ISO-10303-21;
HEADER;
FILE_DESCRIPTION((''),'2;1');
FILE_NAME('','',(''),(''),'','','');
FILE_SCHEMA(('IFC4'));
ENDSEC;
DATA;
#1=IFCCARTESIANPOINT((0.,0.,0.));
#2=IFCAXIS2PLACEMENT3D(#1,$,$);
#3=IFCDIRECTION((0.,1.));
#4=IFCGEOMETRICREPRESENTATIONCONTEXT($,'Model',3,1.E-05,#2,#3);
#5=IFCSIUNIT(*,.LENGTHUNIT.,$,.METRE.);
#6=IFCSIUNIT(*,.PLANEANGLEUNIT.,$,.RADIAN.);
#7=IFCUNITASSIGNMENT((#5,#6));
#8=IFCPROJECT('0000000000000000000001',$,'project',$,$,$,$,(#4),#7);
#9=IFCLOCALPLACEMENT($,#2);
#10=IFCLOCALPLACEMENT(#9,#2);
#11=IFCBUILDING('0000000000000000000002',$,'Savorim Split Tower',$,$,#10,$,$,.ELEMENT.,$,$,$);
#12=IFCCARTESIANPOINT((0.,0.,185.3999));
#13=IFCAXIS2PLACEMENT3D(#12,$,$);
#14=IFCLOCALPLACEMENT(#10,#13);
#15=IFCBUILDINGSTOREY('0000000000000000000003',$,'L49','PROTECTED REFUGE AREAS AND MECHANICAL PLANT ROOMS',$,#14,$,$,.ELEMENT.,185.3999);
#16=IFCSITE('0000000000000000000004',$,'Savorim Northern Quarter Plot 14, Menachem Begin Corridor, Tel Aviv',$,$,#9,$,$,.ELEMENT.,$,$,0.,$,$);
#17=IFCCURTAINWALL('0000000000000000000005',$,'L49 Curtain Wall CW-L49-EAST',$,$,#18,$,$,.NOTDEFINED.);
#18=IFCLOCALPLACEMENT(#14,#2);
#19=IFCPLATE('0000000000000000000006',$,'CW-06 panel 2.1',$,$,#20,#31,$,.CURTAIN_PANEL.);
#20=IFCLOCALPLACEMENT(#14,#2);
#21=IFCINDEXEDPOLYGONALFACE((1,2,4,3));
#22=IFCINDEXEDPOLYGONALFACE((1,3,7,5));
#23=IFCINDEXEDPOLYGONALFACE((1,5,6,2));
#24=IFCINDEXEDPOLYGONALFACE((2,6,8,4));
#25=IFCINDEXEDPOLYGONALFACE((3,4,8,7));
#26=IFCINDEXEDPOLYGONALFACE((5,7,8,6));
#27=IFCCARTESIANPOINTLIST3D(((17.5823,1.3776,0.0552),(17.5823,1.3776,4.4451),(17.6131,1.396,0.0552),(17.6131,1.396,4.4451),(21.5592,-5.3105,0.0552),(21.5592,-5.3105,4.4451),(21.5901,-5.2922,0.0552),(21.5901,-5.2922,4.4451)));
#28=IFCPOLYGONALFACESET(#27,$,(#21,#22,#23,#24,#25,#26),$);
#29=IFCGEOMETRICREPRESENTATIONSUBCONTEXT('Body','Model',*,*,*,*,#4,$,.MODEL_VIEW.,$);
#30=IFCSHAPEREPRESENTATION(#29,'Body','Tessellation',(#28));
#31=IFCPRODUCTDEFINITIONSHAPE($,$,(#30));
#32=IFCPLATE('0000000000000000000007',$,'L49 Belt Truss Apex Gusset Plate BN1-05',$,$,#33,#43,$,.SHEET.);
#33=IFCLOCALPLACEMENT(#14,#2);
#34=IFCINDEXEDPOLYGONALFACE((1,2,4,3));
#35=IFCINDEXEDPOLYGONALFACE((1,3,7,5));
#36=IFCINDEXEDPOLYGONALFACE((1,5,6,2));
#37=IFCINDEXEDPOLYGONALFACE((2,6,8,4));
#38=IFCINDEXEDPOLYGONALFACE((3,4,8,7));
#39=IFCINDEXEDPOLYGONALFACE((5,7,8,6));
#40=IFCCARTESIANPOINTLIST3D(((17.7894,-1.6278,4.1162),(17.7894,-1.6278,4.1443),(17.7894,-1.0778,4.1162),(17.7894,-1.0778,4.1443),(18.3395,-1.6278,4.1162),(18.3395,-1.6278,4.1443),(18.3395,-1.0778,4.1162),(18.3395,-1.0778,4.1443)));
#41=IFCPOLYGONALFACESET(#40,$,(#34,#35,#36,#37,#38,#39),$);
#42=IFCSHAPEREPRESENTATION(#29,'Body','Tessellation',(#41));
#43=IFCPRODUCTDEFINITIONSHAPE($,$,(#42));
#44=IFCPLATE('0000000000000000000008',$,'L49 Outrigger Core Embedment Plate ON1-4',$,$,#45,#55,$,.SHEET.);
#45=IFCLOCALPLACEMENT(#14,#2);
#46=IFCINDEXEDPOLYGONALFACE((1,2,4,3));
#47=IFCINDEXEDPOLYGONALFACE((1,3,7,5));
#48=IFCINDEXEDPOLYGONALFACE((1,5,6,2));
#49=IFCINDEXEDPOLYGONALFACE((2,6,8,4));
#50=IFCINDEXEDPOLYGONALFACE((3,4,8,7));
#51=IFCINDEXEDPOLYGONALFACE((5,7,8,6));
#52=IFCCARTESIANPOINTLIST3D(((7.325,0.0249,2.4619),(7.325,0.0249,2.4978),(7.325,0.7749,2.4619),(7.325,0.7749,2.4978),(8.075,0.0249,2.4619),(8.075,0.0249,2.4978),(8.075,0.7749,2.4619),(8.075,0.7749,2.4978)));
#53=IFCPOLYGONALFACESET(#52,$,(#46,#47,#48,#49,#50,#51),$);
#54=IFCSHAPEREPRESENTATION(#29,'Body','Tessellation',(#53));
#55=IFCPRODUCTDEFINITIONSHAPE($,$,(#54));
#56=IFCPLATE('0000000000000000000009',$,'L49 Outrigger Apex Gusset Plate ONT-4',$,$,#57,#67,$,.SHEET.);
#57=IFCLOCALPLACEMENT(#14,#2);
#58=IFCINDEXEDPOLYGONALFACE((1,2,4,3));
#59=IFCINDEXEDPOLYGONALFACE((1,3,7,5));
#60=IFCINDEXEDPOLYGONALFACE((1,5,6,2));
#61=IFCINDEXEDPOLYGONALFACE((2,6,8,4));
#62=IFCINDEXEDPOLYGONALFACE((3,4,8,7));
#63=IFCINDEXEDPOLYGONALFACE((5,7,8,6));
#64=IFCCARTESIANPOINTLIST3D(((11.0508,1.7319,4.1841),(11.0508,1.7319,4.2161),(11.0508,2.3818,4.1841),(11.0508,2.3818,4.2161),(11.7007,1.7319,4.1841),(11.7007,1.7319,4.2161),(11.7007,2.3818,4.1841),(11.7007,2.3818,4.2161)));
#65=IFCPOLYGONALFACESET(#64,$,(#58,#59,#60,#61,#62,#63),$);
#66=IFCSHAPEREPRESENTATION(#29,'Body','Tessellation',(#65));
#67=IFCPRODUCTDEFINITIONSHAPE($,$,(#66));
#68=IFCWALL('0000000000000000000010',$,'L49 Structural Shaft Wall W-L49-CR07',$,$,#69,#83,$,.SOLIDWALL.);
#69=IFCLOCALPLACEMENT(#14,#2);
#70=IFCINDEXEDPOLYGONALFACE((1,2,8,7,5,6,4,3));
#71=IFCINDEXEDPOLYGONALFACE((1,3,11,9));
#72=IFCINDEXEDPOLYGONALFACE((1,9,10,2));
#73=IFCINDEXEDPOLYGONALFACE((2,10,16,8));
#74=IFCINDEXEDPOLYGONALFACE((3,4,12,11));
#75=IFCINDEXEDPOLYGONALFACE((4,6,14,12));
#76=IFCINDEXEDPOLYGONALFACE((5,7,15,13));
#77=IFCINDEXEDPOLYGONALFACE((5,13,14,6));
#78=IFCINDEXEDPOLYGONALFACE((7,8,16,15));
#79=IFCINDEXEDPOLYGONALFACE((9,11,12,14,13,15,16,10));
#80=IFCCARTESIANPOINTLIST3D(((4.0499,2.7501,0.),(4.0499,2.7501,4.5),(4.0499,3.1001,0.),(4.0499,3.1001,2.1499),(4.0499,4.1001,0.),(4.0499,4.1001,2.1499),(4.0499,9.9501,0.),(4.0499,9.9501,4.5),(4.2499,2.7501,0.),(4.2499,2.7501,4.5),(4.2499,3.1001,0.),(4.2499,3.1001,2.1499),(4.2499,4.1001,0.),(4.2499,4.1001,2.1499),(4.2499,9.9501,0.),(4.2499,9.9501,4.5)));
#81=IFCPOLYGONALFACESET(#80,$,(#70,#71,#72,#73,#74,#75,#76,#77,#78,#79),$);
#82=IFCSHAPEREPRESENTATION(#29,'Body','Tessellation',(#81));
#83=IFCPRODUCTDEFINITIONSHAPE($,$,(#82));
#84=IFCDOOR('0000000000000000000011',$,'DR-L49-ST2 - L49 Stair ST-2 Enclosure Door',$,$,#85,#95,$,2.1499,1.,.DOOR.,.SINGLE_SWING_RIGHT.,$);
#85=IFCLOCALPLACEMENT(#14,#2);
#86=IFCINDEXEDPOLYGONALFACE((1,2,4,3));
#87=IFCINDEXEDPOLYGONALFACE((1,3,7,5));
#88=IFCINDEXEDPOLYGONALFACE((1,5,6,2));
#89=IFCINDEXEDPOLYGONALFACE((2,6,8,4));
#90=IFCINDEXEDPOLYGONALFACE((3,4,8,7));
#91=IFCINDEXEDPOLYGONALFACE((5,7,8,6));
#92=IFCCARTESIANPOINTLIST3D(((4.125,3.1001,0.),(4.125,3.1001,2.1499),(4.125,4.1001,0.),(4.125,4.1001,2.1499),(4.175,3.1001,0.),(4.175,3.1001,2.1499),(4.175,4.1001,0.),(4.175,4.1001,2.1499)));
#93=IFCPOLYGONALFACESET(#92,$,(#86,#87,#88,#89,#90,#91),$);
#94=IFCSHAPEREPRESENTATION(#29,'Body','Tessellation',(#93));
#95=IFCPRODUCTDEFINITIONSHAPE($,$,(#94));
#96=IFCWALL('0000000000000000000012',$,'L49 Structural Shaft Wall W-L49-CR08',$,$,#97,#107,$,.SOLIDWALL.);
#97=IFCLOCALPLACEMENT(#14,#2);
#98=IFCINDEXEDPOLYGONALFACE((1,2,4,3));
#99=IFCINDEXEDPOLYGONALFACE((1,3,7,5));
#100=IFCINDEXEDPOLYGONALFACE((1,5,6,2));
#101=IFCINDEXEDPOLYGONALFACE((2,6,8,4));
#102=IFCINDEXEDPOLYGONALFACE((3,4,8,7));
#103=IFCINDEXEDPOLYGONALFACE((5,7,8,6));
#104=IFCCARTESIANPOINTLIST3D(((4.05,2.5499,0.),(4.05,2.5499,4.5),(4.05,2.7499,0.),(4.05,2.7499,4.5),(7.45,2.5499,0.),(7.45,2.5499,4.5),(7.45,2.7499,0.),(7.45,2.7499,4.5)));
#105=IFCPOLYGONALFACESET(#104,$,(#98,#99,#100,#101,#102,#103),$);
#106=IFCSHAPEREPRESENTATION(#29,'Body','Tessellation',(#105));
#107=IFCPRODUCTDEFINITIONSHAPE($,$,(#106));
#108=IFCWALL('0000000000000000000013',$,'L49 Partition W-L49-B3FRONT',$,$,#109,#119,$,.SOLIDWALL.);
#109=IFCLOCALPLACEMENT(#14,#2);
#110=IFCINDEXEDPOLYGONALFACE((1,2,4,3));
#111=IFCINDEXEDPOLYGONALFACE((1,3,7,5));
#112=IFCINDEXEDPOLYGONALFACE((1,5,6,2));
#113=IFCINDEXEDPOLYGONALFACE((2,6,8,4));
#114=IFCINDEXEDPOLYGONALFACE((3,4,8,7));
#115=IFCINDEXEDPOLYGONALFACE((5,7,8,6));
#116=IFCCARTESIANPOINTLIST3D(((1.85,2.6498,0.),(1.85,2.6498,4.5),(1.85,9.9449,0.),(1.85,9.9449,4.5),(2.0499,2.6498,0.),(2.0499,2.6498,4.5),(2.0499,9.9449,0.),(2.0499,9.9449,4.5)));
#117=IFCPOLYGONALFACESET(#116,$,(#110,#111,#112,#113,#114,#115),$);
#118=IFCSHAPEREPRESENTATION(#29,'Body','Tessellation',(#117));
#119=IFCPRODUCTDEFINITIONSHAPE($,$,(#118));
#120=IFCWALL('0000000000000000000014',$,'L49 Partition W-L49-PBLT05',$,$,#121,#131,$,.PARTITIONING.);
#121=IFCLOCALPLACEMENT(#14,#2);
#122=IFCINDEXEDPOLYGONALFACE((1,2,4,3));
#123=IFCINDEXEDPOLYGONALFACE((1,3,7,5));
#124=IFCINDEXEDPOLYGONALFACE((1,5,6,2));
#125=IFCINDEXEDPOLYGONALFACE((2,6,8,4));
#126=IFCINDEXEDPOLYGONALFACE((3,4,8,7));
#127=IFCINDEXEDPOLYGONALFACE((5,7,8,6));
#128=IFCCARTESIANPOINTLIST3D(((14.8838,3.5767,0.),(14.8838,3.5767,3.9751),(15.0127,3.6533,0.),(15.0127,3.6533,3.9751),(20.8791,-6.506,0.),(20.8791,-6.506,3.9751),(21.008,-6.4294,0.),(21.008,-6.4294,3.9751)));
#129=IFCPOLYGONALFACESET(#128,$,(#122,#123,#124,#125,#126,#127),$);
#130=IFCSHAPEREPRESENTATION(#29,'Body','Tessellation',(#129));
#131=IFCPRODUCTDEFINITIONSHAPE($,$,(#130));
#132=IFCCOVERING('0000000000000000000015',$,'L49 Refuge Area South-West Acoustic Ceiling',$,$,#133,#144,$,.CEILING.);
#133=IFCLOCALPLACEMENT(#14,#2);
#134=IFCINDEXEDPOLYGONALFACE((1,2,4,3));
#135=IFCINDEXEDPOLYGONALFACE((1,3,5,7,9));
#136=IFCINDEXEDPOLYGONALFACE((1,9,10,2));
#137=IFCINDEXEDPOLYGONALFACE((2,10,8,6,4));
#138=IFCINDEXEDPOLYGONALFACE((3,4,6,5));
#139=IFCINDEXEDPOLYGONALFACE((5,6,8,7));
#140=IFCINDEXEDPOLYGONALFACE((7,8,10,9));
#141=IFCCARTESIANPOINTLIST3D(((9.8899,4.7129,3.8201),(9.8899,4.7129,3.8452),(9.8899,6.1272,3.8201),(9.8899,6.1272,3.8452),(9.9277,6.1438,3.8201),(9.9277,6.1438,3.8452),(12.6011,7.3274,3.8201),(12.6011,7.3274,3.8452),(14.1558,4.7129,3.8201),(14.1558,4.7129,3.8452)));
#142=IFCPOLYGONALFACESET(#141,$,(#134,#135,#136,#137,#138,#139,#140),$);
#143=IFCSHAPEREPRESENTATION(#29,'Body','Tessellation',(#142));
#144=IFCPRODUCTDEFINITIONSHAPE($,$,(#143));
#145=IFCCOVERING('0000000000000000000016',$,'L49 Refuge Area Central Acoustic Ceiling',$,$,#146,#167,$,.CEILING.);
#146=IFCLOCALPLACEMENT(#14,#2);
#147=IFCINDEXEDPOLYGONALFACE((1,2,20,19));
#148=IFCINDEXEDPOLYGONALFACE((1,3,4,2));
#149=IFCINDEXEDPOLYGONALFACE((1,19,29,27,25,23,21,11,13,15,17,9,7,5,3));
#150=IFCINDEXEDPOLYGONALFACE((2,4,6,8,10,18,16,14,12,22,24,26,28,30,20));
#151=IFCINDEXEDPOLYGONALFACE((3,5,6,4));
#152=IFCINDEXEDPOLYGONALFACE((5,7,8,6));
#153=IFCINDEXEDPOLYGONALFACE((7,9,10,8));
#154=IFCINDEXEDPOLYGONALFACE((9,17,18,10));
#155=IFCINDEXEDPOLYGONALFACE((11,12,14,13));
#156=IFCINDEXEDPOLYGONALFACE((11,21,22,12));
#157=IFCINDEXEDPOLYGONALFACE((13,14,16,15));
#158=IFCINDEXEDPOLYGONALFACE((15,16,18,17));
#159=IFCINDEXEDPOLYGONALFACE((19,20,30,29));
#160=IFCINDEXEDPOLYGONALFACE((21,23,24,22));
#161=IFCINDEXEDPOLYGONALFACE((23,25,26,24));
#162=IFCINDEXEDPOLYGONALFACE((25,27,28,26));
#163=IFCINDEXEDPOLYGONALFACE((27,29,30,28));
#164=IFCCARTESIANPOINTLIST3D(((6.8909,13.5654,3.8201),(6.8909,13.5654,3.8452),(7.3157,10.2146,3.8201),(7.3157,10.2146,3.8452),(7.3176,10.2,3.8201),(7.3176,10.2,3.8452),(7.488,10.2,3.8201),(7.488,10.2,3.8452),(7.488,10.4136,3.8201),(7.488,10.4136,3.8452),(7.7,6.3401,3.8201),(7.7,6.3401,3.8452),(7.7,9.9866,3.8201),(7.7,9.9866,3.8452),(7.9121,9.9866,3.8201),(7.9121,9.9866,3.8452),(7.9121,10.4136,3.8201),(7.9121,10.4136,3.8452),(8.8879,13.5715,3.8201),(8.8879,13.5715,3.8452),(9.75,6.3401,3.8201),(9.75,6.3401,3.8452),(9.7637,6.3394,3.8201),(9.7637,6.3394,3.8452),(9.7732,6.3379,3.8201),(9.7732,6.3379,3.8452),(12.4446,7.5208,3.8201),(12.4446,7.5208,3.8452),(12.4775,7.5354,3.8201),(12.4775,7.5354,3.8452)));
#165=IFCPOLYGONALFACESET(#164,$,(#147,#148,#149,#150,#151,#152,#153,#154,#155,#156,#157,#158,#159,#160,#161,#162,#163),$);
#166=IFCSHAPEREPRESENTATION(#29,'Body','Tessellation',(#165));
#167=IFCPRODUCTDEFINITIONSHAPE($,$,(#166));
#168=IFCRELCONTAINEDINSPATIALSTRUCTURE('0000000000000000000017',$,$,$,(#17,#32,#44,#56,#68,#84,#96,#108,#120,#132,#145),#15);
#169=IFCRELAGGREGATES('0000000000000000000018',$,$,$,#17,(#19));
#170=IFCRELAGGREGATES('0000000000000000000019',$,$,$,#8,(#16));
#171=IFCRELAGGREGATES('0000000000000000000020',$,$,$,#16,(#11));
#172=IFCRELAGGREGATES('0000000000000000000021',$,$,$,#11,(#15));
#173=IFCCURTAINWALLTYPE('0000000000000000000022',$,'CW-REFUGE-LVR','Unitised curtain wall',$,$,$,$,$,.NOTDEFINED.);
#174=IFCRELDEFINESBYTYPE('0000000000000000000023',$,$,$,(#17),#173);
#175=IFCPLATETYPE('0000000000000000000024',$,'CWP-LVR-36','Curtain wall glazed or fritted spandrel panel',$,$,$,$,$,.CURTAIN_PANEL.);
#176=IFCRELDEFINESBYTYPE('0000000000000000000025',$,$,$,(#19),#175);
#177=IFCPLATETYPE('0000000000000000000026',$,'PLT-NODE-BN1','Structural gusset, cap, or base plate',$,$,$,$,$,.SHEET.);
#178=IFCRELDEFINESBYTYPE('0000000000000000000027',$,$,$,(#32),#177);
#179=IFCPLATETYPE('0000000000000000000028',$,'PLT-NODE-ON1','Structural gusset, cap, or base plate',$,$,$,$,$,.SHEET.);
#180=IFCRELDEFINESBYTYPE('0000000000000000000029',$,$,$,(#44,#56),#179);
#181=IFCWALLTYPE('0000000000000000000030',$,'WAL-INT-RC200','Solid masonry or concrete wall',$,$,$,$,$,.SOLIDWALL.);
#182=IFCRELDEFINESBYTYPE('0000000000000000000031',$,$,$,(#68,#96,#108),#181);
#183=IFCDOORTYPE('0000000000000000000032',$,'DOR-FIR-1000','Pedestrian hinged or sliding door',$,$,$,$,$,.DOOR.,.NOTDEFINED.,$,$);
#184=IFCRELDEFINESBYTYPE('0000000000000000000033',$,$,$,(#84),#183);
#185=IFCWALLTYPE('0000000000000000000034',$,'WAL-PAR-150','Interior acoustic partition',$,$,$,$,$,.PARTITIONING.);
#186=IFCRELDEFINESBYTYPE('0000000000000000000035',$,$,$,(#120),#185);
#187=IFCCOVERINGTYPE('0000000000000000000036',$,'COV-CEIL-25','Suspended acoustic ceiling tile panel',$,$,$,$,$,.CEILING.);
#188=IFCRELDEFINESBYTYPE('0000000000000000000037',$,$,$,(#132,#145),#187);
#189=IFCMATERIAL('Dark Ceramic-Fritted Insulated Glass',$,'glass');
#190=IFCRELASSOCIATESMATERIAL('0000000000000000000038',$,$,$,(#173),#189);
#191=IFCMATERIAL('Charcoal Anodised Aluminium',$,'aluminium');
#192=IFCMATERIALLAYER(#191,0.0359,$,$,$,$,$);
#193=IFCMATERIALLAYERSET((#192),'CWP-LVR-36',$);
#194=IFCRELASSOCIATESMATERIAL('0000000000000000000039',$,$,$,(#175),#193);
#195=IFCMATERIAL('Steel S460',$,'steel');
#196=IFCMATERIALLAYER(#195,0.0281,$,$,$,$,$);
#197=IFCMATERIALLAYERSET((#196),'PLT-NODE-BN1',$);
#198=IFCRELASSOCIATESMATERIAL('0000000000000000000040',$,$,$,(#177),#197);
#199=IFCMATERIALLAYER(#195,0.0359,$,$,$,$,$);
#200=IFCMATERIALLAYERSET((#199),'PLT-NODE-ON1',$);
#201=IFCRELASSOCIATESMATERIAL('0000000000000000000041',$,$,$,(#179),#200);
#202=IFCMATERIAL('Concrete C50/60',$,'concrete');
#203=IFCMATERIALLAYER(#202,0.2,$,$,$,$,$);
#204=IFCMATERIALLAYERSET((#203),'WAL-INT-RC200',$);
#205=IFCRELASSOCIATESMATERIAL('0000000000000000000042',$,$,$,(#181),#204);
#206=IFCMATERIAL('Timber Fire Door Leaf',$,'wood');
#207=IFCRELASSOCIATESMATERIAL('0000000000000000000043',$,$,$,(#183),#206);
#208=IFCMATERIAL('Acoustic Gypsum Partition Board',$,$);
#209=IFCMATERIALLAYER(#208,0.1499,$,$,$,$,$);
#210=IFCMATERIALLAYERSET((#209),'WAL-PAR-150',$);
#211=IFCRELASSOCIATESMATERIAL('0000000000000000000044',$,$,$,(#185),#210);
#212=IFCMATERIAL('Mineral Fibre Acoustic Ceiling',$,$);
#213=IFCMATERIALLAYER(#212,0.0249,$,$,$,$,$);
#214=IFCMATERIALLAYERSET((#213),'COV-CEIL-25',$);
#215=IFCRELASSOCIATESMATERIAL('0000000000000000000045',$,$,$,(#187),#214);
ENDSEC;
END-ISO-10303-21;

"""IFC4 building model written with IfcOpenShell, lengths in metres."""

from ifc_helpers import new_model, si_unit, direction, frame, frame_2d, origin, origin_2d, place, context, subcontext, project, spatial, polyline, rectangle, outline, extrude, material, layer, layer_set, type_object, element, fill, aggregate, save


model = new_model("IFC4")

# Units and contexts
model_context = context("Model", 3, precision=1e-05, world=origin(), true_north=direction((0.0, 1.0)))
body_context = subcontext(model_context, "Body", "Model", "MODEL_VIEW")
ifc_project = project(units=[si_unit("LENGTHUNIT", "METRE"), si_unit("PLANEANGLEUNIT", "RADIAN")], contexts=[model_context])

# Site, building, storey
site_placement = place(None, origin())
site = spatial("IfcSite", under=ifc_project, at=site_placement, Name="Savorim Northern Quarter Plot 14, Menachem Begin Corridor, Tel Aviv", CompositionType="ELEMENT", RefElevation=0.0)
building_placement = place(site_placement, origin())
building = spatial("IfcBuilding", under=site, at=building_placement, Name="Savorim Split Tower", CompositionType="ELEMENT")
storey_placement = place(building_placement, frame((0.0, 0.0, 185.3999)))
storey = spatial("IfcBuildingStorey", under=building, at=storey_placement, Name="L49", Description="PROTECTED REFUGE AREAS AND MECHANICAL PLANT ROOMS", CompositionType="ELEMENT", Elevation=185.3999)

# Shared definitions
ifc_material_1 = material(Name="Steel S460", Category="steel")

# Curtain wall
ifc_material_2 = material(Name="Dark Ceramic-Fritted Insulated Glass", Category="glass")
curtain_wall_type = type_object("IfcCurtainWallType", Name="CW-REFUGE-LVR", Description="Unitised curtain wall", PredefinedType="NOTDEFINED", material=ifc_material_2)
curtain_wall_placement = place(storey_placement, origin())
curtain_wall = element("IfcCurtainWall", 1, at=curtain_wall_placement, inside=storey, type_object=curtain_wall_type, Name="L49 Curtain Wall CW-L49-EAST", PredefinedType="NOTDEFINED")
ifc_material_3 = material(Name="Charcoal Anodised Aluminium", Category="aluminium")

# Plate
ifc_layer_1 = layer(ifc_material_3, 0.0359)
ifc_layer_set_1 = layer_set([ifc_layer_1], Name="CWP-LVR-36")
plate_type_1 = type_object("IfcPlateType", Name="CWP-LVR-36", Description="Curtain wall glazed or fritted spandrel panel", PredefinedType="CURTAIN_PANEL", material=ifc_layer_set_1)
plate_1_placement = place(storey_placement, frame((19.5862, -1.9573, 0.0552), z_axis=(0.0, 0.0, 1.0), x_axis=(-0.511092, 0.859526, 0.0)))
plate_1 = element("IfcPlate", 2, at=plate_1_placement, type_object=plate_type_1, Name="CW-06 panel 2.1", PredefinedType="CURTAIN_PANEL", context=body_context, shape_type="SweptSolid", body=[
    extrude(rectangle(XDim=7.7812, YDim=0.0359, at=origin_2d()), origin(), (0.0, 0.0, 1.0), 4.3899),
])
aggregate(curtain_wall, [plate_1])

# Plates
ifc_layer_2 = layer(ifc_material_1, 0.0281)
ifc_layer_set_2 = layer_set([ifc_layer_2], Name="PLT-NODE-BN1")
plate_type_2 = type_object("IfcPlateType", Name="PLT-NODE-BN1", Description="Structural gusset, cap, or base plate", PredefinedType="SHEET", material=ifc_layer_set_2)
plate_2_placement = place(storey_placement, frame((18.0645, -1.3528, 4.1162), z_axis=(0.0, 0.0, 1.0), x_axis=(1.0, 0.0, 0.0)))
element("IfcPlate", 3, at=plate_2_placement, inside=storey, type_object=plate_type_2, Name="L49 Belt Truss Apex Gusset Plate BN1-05", PredefinedType="SHEET", context=body_context, shape_type="SweptSolid", body=[
    extrude(rectangle(XDim=0.55, YDim=0.55, at=origin_2d()), origin(), (0.0, 0.0, 1.0), 0.0281),
])
ifc_layer_3 = layer(ifc_material_1, 0.0359)
ifc_layer_set_3 = layer_set([ifc_layer_3], Name="PLT-NODE-ON1")
plate_type_3 = type_object("IfcPlateType", Name="PLT-NODE-ON1", Description="Structural gusset, cap, or base plate", PredefinedType="SHEET", material=ifc_layer_set_3)
plate_3_placement = place(storey_placement, frame((7.7, 0.3999, 2.4619), z_axis=(0.0, 0.0, 1.0), x_axis=(1.0, 0.0, 0.0)))
element("IfcPlate", 4, at=plate_3_placement, inside=storey, type_object=plate_type_3, Name="L49 Outrigger Core Embedment Plate ON1-4", PredefinedType="SHEET", context=body_context, shape_type="SweptSolid", body=[
    extrude(rectangle(XDim=0.75, YDim=0.75, at=origin_2d()), origin(), (0.0, 0.0, 1.0), 0.0359),
])
plate_4_placement = place(storey_placement, frame((11.3757, 2.0569, 4.1841), z_axis=(0.0, 0.0, 1.0), x_axis=(1.0, 0.0, 0.0)))
element("IfcPlate", 5, at=plate_4_placement, inside=storey, type_object=plate_type_3, Name="L49 Outrigger Apex Gusset Plate ONT-4", PredefinedType="SHEET", context=body_context, shape_type="SweptSolid", body=[
    extrude(rectangle(XDim=0.6499, YDim=0.6499, at=origin_2d()), origin(), (0.0, 0.0, 1.0), 0.032),
])

# Wall, opening, door
ifc_material_4 = material(Name="Concrete C50/60", Category="concrete")
ifc_layer_4 = layer(ifc_material_4, 0.2)
ifc_layer_set_4 = layer_set([ifc_layer_4], Name="WAL-INT-RC200")
wall_type_1 = type_object("IfcWallType", Name="WAL-INT-RC200", Description="Solid masonry or concrete wall", PredefinedType="SOLIDWALL", material=ifc_layer_set_4)
wall_1_placement = place(storey_placement, frame((4.1499, 2.75, 0.0), z_axis=(0.0, 0.0, 1.0), x_axis=(0.0, 1.0, 0.0)))
wall_1 = element("IfcWall", 6, at=wall_1_placement, inside=storey, type_object=wall_type_1, Name="L49 Structural Shaft Wall W-L49-CR07", PredefinedType="SOLIDWALL", context=body_context, shape_type="SweptSolid", body=[
    extrude(rectangle(XDim=7.2, YDim=0.2, at=frame_2d((3.6001, 0.0))), origin(), (0.0, 0.0, 1.0), 4.5),
])
opening_placement = place(wall_1_placement, frame((0.3501, 0.0, 0.0)))
opening = element("IfcOpeningElement", 7, at=opening_placement, cuts=wall_1, PredefinedType="OPENING", context=body_context, shape_type="SweptSolid", body=[
    extrude(rectangle(XDim=1.0, YDim=2.1499, at=frame_2d((0.5, 1.075))), frame((0.0, 0.1099, 0.0), z_axis=(0.0, -1.0, 0.0), x_axis=(1.0, 0.0, 0.0)), (0.0, 0.0, 1.0), 0.22),
])
ifc_material_5 = material(Name="Timber Fire Door Leaf", Category="wood")
door_type = type_object("IfcDoorType", Name="DOR-FIR-1000", Description="Pedestrian hinged or sliding door", OperationType="NOTDEFINED", PredefinedType="DOOR", material=ifc_material_5)
door_placement = place(opening_placement, origin())
door = element("IfcDoor", 8, at=door_placement, inside=storey, type_object=door_type, Name="DR-L49-ST2 - L49 Stair ST-2 Enclosure Door", OperationType="SINGLE_SWING_RIGHT", OverallHeight=2.1499, OverallWidth=1.0, PredefinedType="DOOR", context=body_context, shape_type="SweptSolid", body=[
    extrude(rectangle(XDim=1.0, YDim=2.1499, at=frame_2d((0.5, 1.075))), frame((0.0, 0.0249, 0.0), z_axis=(0.0, -1.0, 0.0), x_axis=(1.0, 0.0, 0.0)), (0.0, 0.0, 1.0), 0.05),
])
fill(opening, door)

# Walls
wall_2_placement = place(storey_placement, frame((4.05, 2.6499, 0.0), z_axis=(0.0, 0.0, 1.0), x_axis=(1.0, 0.0, 0.0)))
element("IfcWall", 9, at=wall_2_placement, inside=storey, type_object=wall_type_1, Name="L49 Structural Shaft Wall W-L49-CR08", PredefinedType="SOLIDWALL", context=body_context, shape_type="SweptSolid", body=[
    extrude(rectangle(XDim=3.3999, YDim=0.2, at=frame_2d((1.7, 0.0))), origin(), (0.0, 0.0, 1.0), 4.5),
])
wall_3_placement = place(storey_placement, frame((1.95, 2.6499, 0.0), z_axis=(0.0, 0.0, 1.0), x_axis=(0.0, 1.0, 0.0)))
element("IfcWall", 10, at=wall_3_placement, inside=storey, type_object=wall_type_1, Name="L49 Partition W-L49-B3FRONT", PredefinedType="SOLIDWALL", context=body_context, shape_type="SweptSolid", body=[
    extrude(rectangle(XDim=7.2952, YDim=0.2, at=frame_2d((3.6475, 0.0))), origin(), (0.0, 0.0, 1.0), 4.5),
])
ifc_material_6 = material(Name="Acoustic Gypsum Partition Board")
ifc_layer_5 = layer(ifc_material_6, 0.1499)
ifc_layer_set_5 = layer_set([ifc_layer_5], Name="WAL-PAR-150")
wall_type_2 = type_object("IfcWallType", Name="WAL-PAR-150", Description="Interior acoustic partition", PredefinedType="PARTITIONING", material=ifc_layer_set_5)
wall_4_placement = place(storey_placement, frame((14.9482, 3.615, 0.0), z_axis=(0.0, 0.0, 1.0), x_axis=(0.511088, -0.859528, 0.0)))
element("IfcWall", 11, at=wall_4_placement, inside=storey, type_object=wall_type_2, Name="L49 Partition W-L49-PBLT05", PredefinedType="PARTITIONING", context=body_context, shape_type="SweptSolid", body=[
    extrude(rectangle(XDim=11.7305, YDim=0.1499, at=frame_2d((5.8652, 0.0))), origin(), (0.0, 0.0, 1.0), 3.9751),
])

# Coverings
ifc_material_7 = material(Name="Mineral Fibre Acoustic Ceiling")
ifc_layer_6 = layer(ifc_material_7, 0.0249)
ifc_layer_set_6 = layer_set([ifc_layer_6], Name="COV-CEIL-25")
covering_type_1 = type_object("IfcCoveringType", Name="COV-CEIL-25", Description="Suspended acoustic ceiling tile panel", PredefinedType="CEILING", material=ifc_layer_set_6)
covering_1_placement = place(storey_placement, frame((0.0, 0.0, 3.8201)))
element("IfcCovering", 12, at=covering_1_placement, inside=storey, type_object=covering_type_1, Name="L49 Refuge Area South-West Acoustic Ceiling", PredefinedType="CEILING", context=body_context, shape_type="SweptSolid", body=[
    extrude(outline(polyline([(9.8899, 6.1272), (9.8899, 4.7129), (14.1558, 4.7129), (12.6011, 7.3274), (9.9277, 6.1438), (9.8899, 6.1272)])), origin(), (0.0, 0.0, 1.0), 0.0251),
])
covering_2_placement = place(storey_placement, frame((0.0, 0.0, 3.8201)))
element("IfcCovering", 13, at=covering_2_placement, inside=storey, type_object=covering_type_1, Name="L49 Refuge Area Central Acoustic Ceiling", PredefinedType="CEILING", context=body_context, shape_type="SweptSolid", body=[
    extrude(outline(polyline([(12.4446, 7.5208), (12.4775, 7.5354), (8.8879, 13.5715), (6.8909, 13.5654), (7.3157, 10.2146), (7.3176, 10.2), (7.488, 10.2), (7.488, 10.4136), (7.9121, 10.4136), (7.9121, 9.9866), (7.7, 9.9866), (7.7, 6.3401), (9.75, 6.3401), (9.7637, 6.3394), (9.7732, 6.3379), (12.4446, 7.5208)])), origin(), (0.0, 0.0, 1.0), 0.0251),
])

save(model, "model.ifc")
